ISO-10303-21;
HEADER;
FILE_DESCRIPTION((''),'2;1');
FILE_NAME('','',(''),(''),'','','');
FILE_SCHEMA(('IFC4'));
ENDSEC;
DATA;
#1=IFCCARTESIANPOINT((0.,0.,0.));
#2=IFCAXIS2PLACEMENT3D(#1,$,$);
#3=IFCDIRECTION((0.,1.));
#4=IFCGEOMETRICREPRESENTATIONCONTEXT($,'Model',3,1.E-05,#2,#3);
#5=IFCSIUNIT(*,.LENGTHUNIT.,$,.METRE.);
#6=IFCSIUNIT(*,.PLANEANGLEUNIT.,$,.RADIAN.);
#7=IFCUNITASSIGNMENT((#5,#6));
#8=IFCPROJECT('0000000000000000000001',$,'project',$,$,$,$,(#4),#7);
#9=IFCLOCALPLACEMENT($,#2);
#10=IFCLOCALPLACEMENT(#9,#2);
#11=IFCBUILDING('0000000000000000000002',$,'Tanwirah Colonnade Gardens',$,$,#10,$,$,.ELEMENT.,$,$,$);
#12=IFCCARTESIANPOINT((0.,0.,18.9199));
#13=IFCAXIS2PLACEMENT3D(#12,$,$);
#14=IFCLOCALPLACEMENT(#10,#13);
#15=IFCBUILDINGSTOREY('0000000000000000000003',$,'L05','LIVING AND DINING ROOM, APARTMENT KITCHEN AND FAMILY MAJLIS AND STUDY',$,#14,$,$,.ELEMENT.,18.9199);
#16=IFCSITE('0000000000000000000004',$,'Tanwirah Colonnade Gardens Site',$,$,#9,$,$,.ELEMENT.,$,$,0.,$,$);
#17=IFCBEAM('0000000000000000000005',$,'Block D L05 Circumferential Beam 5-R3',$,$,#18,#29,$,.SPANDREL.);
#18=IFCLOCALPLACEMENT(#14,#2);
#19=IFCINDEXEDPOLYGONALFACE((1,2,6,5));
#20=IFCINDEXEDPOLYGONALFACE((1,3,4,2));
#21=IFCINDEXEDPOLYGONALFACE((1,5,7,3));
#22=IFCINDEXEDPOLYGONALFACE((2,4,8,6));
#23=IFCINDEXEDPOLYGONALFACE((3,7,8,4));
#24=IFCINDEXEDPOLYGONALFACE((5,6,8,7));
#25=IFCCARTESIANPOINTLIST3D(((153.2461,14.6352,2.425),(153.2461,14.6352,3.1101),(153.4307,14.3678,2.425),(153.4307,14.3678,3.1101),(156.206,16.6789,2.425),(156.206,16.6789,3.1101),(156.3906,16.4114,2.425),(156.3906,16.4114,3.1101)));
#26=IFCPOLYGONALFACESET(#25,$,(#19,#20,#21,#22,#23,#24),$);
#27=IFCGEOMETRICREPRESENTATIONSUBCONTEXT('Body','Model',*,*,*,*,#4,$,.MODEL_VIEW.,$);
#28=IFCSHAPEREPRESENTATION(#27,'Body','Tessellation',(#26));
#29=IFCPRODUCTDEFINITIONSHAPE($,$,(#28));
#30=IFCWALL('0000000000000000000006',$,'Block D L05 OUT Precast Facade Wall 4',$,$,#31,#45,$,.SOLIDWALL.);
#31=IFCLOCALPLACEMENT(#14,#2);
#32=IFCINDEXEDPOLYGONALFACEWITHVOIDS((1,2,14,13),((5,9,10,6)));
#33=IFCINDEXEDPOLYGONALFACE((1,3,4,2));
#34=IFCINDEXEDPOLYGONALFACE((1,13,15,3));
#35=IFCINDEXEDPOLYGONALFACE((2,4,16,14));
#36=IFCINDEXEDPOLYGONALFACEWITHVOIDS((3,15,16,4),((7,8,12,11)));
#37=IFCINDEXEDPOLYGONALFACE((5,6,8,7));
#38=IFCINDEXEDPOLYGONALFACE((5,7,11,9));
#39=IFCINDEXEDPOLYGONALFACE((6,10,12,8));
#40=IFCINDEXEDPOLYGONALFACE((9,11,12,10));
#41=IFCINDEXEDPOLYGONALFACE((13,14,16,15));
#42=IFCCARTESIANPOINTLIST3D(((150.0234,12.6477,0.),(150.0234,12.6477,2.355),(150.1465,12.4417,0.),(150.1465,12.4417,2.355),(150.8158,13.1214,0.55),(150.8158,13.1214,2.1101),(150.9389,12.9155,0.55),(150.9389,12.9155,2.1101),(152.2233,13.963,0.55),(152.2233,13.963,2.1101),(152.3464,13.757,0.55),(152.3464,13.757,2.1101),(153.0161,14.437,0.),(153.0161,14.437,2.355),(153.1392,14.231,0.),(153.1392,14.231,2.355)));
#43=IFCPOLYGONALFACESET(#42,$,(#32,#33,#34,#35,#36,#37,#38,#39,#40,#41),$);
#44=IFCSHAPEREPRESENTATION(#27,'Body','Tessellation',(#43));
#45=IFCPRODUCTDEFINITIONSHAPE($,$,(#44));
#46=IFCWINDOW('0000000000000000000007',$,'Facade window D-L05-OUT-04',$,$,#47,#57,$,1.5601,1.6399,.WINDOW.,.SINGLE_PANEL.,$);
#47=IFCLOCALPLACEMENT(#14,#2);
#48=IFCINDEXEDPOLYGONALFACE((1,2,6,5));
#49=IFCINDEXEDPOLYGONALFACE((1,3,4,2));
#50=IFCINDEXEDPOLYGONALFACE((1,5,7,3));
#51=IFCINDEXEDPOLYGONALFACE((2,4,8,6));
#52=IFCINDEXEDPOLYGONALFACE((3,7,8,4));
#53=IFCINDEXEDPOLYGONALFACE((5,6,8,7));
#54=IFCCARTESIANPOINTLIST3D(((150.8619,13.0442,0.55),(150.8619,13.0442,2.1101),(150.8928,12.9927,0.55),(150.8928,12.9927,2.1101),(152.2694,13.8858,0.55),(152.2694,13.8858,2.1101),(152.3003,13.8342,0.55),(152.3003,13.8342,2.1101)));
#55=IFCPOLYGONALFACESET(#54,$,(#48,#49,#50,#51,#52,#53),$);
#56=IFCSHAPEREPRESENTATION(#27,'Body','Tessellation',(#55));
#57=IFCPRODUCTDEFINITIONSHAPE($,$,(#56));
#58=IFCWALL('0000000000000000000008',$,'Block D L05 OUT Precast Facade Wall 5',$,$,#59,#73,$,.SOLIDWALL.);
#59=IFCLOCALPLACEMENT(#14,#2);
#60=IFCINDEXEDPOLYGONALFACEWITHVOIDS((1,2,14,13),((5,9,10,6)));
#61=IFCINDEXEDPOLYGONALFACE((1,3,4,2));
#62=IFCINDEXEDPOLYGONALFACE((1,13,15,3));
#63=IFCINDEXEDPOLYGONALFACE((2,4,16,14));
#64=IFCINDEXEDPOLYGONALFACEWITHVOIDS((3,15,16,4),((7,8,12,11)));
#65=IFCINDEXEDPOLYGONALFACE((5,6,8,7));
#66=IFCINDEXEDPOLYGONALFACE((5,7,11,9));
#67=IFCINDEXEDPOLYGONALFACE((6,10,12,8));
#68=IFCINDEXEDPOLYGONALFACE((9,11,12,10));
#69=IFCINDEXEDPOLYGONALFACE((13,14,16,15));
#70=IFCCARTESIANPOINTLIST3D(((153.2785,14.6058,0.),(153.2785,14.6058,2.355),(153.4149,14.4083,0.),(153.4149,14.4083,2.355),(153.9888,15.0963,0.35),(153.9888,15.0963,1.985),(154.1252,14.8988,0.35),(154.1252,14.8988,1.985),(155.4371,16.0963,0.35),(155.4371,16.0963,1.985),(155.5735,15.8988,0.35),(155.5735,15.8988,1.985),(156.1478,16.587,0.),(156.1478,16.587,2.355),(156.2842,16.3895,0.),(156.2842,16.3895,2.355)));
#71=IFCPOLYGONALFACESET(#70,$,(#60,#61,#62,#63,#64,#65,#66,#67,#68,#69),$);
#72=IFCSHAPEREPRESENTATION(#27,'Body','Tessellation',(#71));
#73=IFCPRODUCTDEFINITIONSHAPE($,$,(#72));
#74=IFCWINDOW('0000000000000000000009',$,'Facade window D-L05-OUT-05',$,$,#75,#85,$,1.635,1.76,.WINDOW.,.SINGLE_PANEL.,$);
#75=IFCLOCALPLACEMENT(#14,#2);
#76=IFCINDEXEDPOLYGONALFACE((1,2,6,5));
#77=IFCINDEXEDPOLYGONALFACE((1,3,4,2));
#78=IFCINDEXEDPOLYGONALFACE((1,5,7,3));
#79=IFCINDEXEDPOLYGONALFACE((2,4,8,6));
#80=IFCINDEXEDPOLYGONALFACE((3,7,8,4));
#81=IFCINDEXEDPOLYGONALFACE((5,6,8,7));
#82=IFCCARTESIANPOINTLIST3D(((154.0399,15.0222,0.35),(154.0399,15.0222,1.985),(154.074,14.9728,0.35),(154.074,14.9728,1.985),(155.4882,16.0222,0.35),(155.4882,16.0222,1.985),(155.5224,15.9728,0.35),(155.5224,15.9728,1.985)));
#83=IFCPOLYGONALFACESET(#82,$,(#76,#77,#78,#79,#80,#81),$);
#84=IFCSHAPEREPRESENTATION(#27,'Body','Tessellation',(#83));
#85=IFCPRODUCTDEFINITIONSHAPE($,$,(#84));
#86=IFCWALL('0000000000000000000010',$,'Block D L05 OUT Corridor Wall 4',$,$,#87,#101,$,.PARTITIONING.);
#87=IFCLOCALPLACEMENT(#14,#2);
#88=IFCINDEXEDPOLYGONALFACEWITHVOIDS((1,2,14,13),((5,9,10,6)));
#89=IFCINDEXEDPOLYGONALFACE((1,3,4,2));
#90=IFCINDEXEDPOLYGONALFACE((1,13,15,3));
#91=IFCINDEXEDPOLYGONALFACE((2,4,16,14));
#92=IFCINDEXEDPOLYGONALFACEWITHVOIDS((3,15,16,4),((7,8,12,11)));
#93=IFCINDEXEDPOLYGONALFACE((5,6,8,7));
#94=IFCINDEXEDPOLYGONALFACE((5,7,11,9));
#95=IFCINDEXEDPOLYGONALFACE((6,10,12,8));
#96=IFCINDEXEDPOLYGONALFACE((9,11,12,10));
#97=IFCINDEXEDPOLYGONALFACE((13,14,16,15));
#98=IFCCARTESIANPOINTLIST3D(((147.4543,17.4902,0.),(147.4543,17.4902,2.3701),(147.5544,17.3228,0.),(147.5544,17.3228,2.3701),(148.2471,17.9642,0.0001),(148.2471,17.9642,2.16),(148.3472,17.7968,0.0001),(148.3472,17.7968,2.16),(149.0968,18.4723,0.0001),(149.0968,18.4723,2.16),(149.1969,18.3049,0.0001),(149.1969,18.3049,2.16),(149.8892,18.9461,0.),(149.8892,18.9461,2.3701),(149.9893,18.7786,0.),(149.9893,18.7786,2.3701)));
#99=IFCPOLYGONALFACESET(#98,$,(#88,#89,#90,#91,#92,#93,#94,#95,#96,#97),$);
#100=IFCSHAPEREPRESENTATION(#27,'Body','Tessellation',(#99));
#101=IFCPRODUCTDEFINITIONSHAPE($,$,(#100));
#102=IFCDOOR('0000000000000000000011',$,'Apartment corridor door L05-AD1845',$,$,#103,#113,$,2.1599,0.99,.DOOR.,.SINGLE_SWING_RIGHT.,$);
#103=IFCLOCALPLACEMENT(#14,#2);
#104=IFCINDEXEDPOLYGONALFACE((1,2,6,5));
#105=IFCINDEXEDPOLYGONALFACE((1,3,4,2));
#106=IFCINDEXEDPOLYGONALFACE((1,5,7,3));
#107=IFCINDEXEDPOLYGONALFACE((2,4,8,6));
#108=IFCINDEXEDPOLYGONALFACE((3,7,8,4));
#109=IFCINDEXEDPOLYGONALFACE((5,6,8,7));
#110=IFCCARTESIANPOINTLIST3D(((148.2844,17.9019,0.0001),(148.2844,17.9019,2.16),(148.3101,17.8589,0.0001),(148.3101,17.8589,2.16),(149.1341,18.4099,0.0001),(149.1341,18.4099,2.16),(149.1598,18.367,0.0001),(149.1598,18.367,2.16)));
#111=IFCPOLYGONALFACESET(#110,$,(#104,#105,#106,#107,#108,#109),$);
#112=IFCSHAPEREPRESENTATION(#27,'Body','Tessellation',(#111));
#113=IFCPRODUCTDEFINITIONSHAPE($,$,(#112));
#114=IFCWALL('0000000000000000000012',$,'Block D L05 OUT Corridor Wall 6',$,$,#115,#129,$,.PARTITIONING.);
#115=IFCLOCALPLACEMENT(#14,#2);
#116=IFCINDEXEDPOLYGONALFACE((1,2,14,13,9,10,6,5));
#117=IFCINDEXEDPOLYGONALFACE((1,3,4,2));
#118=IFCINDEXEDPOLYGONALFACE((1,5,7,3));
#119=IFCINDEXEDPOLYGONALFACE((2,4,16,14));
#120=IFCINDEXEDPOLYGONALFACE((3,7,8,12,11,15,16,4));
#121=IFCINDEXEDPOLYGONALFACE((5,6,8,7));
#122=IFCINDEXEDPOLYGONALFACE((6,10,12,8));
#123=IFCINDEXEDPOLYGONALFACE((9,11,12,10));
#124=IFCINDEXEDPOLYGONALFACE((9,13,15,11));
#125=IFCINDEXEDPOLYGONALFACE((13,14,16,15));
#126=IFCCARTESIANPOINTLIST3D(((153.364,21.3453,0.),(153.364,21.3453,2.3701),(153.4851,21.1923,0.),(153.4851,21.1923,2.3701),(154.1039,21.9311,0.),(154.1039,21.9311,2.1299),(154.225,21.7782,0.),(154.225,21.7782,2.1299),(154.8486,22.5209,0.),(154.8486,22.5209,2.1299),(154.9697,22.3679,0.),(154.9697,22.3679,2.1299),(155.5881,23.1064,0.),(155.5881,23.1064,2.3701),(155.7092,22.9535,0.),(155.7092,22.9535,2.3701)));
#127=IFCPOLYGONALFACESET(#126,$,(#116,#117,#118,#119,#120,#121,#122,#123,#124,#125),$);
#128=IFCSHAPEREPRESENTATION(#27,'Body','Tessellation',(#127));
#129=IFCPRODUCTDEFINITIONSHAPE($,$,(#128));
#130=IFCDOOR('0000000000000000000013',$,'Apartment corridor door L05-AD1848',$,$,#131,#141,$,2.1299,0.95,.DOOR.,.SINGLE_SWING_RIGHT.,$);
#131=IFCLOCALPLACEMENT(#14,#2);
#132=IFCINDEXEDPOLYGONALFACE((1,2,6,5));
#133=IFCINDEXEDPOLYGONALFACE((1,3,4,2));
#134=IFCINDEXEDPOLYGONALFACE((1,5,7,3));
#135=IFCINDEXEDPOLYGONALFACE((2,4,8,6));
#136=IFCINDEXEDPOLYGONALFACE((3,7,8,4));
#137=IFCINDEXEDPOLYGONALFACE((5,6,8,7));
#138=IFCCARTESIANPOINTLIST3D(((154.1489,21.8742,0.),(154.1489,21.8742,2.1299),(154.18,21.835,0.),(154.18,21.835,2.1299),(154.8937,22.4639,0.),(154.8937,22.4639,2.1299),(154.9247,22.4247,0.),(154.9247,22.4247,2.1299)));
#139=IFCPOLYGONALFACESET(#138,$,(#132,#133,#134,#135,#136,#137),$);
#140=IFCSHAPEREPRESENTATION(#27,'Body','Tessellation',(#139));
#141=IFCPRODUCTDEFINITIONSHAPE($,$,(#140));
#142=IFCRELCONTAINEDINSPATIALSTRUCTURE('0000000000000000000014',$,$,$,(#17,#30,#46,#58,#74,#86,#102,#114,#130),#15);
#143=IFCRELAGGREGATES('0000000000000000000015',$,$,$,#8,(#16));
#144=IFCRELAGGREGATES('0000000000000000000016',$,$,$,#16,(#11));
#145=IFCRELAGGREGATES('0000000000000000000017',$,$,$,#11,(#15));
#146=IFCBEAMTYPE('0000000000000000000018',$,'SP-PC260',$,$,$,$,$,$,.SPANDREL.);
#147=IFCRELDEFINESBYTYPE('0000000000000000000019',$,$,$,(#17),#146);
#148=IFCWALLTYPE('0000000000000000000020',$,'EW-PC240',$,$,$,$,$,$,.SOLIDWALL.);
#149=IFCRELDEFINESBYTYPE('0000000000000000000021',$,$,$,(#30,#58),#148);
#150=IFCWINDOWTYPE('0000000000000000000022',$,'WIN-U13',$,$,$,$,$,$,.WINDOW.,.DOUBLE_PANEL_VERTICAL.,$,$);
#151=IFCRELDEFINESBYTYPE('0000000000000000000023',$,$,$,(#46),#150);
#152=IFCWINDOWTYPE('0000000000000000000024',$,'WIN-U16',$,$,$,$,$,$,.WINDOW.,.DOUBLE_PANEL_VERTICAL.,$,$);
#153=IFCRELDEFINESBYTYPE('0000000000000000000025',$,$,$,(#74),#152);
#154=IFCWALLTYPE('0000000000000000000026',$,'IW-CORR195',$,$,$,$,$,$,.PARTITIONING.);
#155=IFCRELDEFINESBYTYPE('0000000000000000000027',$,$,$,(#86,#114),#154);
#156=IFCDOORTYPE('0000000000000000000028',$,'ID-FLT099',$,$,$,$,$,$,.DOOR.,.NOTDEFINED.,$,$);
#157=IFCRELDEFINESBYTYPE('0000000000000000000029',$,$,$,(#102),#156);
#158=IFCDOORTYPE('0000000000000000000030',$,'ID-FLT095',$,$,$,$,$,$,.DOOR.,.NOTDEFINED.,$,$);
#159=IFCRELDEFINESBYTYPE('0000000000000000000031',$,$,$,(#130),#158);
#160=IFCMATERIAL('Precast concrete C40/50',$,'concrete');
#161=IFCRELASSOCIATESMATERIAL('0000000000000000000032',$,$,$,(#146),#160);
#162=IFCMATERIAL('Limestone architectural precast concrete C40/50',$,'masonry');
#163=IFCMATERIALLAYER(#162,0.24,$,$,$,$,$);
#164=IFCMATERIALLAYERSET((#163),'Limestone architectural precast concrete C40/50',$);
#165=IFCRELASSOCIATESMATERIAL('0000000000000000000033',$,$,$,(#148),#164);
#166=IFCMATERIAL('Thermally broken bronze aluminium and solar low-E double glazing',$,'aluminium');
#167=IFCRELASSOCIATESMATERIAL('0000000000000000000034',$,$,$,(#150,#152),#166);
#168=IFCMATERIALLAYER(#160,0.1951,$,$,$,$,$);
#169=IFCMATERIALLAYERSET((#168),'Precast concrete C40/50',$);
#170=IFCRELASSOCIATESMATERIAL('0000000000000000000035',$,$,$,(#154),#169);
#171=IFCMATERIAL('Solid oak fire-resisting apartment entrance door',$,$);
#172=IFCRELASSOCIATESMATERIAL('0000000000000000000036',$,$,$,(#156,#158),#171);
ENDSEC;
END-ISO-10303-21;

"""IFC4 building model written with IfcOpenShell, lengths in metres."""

from ifc_helpers import new_model, si_unit, direction, frame, frame_2d, origin, origin_2d, place, context, subcontext, project, spatial, rectangle, extrude, material, layer, layer_set, material_profile, profile_set, type_object, element, fill, save


model = new_model("IFC4")

# Units and contexts
model_context = context("Model", 3, precision=1e-05, world=origin(), true_north=direction((0.0, 1.0)))
body_context = subcontext(model_context, "Body", "Model", "MODEL_VIEW")
ifc_project = project(units=[si_unit("LENGTHUNIT", "METRE"), si_unit("PLANEANGLEUNIT", "RADIAN")], contexts=[model_context])

# Site, building, storey
site_placement = place(None, origin())
site = spatial("IfcSite", under=ifc_project, at=site_placement, Name="Tanwirah Colonnade Gardens Site", CompositionType="ELEMENT", RefElevation=0.0)
building_placement = place(site_placement, origin())
building = spatial("IfcBuilding", under=site, at=building_placement, Name="Tanwirah Colonnade Gardens", CompositionType="ELEMENT")
storey_placement = place(building_placement, frame((0.0, 0.0, 18.9199)))
storey = spatial("IfcBuildingStorey", under=building, at=storey_placement, Name="L05", Description="LIVING AND DINING ROOM, APARTMENT KITCHEN AND FAMILY MAJLIS AND STUDY", CompositionType="ELEMENT", Elevation=18.9199)

# Shared definitions
ifc_material_1 = material(Name="Precast concrete C40/50", Category="concrete")

# Beam
ifc_material_profile_1 = material_profile(ifc_material_1, rectangle(XDim=0.325, YDim=0.6851, at=origin_2d()), Name="PC-SP 325x685")
ifc_profile_set_1 = profile_set([ifc_material_profile_1], Name="Precast concrete C40/50")
beam_type_1 = type_object("IfcBeamType", Name="SP-PC260", PredefinedType="SPANDREL", material=ifc_profile_set_1)
beam_1_placement = place(storey_placement, frame((153.3384, 14.5015, 2.7676), z_axis=(0.822907, 0.568175, 0.0), x_axis=(-0.568175, 0.822907, 0.0)))
element("IfcBeam", 1, at=beam_1_placement, inside=storey, type_object=beam_type_1, Name="Block D L05 Circumferential Beam 5-R3", PredefinedType="SPANDREL", context=body_context, shape_type="SweptSolid", body=[
    extrude(rectangle(XDim=0.325, YDim=0.6851, at=origin_2d()), origin(), (0.0, 0.0, 1.0), 3.5969),
])

# Walls, openings, windows
ifc_material_2 = material(Name="Limestone architectural precast concrete C40/50", Category="masonry")
ifc_layer_1 = layer(ifc_material_2, 0.24)
ifc_layer_set_1 = layer_set([ifc_layer_1], Name="Limestone architectural precast concrete C40/50")
wall_type_1 = type_object("IfcWallType", Name="EW-PC240", PredefinedType="SOLIDWALL", material=ifc_layer_set_1)
wall_1_placement = place(storey_placement, frame((150.085, 12.5447, 0.0), z_axis=(0.0, 0.0, 1.0), x_axis=(0.858289, 0.513167, 0.0)))
wall_1 = element("IfcWall", 2, at=wall_1_placement, inside=storey, type_object=wall_type_1, Name="Block D L05 OUT Precast Facade Wall 4", PredefinedType="SOLIDWALL", context=body_context, shape_type="SweptSolid", body=[
    extrude(rectangle(XDim=3.4868, YDim=0.24, at=frame_2d((1.7434, 0.0))), origin(), (0.0, 0.0, 1.0), 2.355),
])
opening_1_placement = place(wall_1_placement, frame((0.9233, 0.0, 0.55)))
opening_1 = element("IfcOpeningElement", 3, at=opening_1_placement, cuts=wall_1, PredefinedType="OPENING", context=body_context, shape_type="SweptSolid", body=[
    extrude(rectangle(XDim=1.6399, YDim=1.5601, at=frame_2d((0.8198, 0.78))), frame((0.0, 0.1299, 0.0), z_axis=(0.0, -1.0, 0.0), x_axis=(1.0, 0.0, 0.0)), (0.0, 0.0, 1.0), 0.26),
])
ifc_material_3 = material(Name="Thermally broken bronze aluminium and solar low-E double glazing", Category="aluminium")
window_type_1 = type_object("IfcWindowType", Name="WIN-U13", PartitioningType="DOUBLE_PANEL_VERTICAL", PredefinedType="WINDOW", material=ifc_material_3)
window_1_placement = place(opening_1_placement, origin())
window_1 = element("IfcWindow", 4, at=window_1_placement, inside=storey, type_object=window_type_1, Name="Facade window D-L05-OUT-04", OverallHeight=1.5601, OverallWidth=1.6399, PartitioningType="SINGLE_PANEL", PredefinedType="WINDOW", context=body_context, shape_type="SweptSolid", body=[
    extrude(rectangle(XDim=1.6399, YDim=1.5601, at=frame_2d((0.8198, 0.78))), frame((0.0, 0.03, 0.0), z_axis=(0.0, -1.0, 0.0), x_axis=(1.0, 0.0, 0.0)), (0.0, 0.0, 1.0), 0.0601),
])
fill(opening_1, window_1)
wall_2_placement = place(storey_placement, frame((153.3467, 14.5071, 0.0), z_axis=(0.0, 0.0, 1.0), x_axis=(0.822902, 0.568183, 0.0)))
wall_2 = element("IfcWall", 5, at=wall_2_placement, inside=storey, type_object=wall_type_1, Name="Block D L05 OUT Precast Facade Wall 5", PredefinedType="SOLIDWALL", context=body_context, shape_type="SweptSolid", body=[
    extrude(rectangle(XDim=3.4868, YDim=0.24, at=frame_2d((1.7434, 0.0))), origin(), (0.0, 0.0, 1.0), 2.355),
])
opening_2_placement = place(wall_2_placement, frame((0.8633, 0.0, 0.3501)))
opening_2 = element("IfcOpeningElement", 6, at=opening_2_placement, cuts=wall_2, PredefinedType="OPENING", context=body_context, shape_type="SweptSolid", body=[
    extrude(rectangle(XDim=1.76, YDim=1.635, at=frame_2d((0.8799, 0.8174))), frame((0.0, 0.1299, 0.0), z_axis=(0.0, -1.0, 0.0), x_axis=(1.0, 0.0, 0.0)), (0.0, 0.0, 1.0), 0.26),
])
window_type_2 = type_object("IfcWindowType", Name="WIN-U16", PartitioningType="DOUBLE_PANEL_VERTICAL", PredefinedType="WINDOW", material=ifc_material_3)
window_2_placement = place(opening_2_placement, origin())
window_2 = element("IfcWindow", 7, at=window_2_placement, inside=storey, type_object=window_type_2, Name="Facade window D-L05-OUT-05", OverallHeight=1.635, OverallWidth=1.76, PartitioningType="SINGLE_PANEL", PredefinedType="WINDOW", context=body_context, shape_type="SweptSolid", body=[
    extrude(rectangle(XDim=1.76, YDim=1.635, at=frame_2d((0.8799, 0.8174))), frame((0.0, 0.03, 0.0), z_axis=(0.0, -1.0, 0.0), x_axis=(1.0, 0.0, 0.0)), (0.0, 0.0, 1.0), 0.0601),
])
fill(opening_2, window_2)

# Walls, openings, doors
ifc_layer_2 = layer(ifc_material_1, 0.1951)
ifc_layer_set_2 = layer_set([ifc_layer_2], Name="Precast concrete C40/50")
wall_type_2 = type_object("IfcWallType", Name="IW-CORR195", PredefinedType="PARTITIONING", material=ifc_layer_set_2)
wall_3_placement = place(storey_placement, frame((147.5044, 17.4065, 0.0), z_axis=(0.0, 0.0, 1.0), x_axis=(0.858282, 0.513179, 0.0)))
wall_3 = element("IfcWall", 8, at=wall_3_placement, inside=storey, type_object=wall_type_2, Name="Block D L05 OUT Corridor Wall 4", PredefinedType="PARTITIONING", context=body_context, shape_type="SweptSolid", body=[
    extrude(rectangle(XDim=2.8369, YDim=0.1951, at=frame_2d((1.4185, 0.0))), origin(), (0.0, 0.0, 1.0), 2.3701),
])
opening_3_placement = place(wall_3_placement, frame((0.9236, 0.0, 0.0)))
opening_3 = element("IfcOpeningElement", 9, at=opening_3_placement, cuts=wall_3, PredefinedType="OPENING", context=body_context, shape_type="SweptSolid", body=[
    extrude(rectangle(XDim=0.99, YDim=2.1599, at=frame_2d((0.4951, 1.0801))), frame((0.0, 0.1074, 0.0), z_axis=(0.0, -1.0, 0.0), x_axis=(1.0, 0.0, 0.0)), (0.0, 0.0, 1.0), 0.2151),
])
ifc_material_4 = material(Name="Solid oak fire-resisting apartment entrance door")
door_type_1 = type_object("IfcDoorType", Name="ID-FLT099", OperationType="NOTDEFINED", PredefinedType="DOOR", material=ifc_material_4)
door_1_placement = place(opening_3_placement, origin())
door_1 = element("IfcDoor", 10, at=door_1_placement, inside=storey, type_object=door_type_1, Name="Apartment corridor door L05-AD1845", OperationType="SINGLE_SWING_RIGHT", OverallHeight=2.1599, OverallWidth=0.99, PredefinedType="DOOR", context=body_context, shape_type="SweptSolid", body=[
    extrude(rectangle(XDim=0.99, YDim=2.1599, at=frame_2d((0.4951, 1.0801))), frame((0.0, 0.0249, 0.0), z_axis=(0.0, -1.0, 0.0), x_axis=(1.0, 0.0, 0.0)), (0.0, 0.0, 1.0), 0.05),
])
fill(opening_3, door_1)
wall_4_placement = place(storey_placement, frame((153.4246, 21.2688, 0.0), z_axis=(0.0, 0.0, 1.0), x_axis=(0.783966, 0.620804, 0.0)))
wall_4 = element("IfcWall", 11, at=wall_4_placement, inside=storey, type_object=wall_type_2, Name="Block D L05 OUT Corridor Wall 6", PredefinedType="PARTITIONING", context=body_context, shape_type="SweptSolid", body=[
    extrude(rectangle(XDim=2.8369, YDim=0.1951, at=frame_2d((1.4185, 0.0))), origin(), (0.0, 0.0, 1.0), 2.3701),
])
opening_4_placement = place(wall_4_placement, frame((0.9436, 0.0, 0.0)))
opening_4 = element("IfcOpeningElement", 12, at=opening_4_placement, cuts=wall_4, PredefinedType="OPENING", context=body_context, shape_type="SweptSolid", body=[
    extrude(rectangle(XDim=0.95, YDim=2.1299, at=frame_2d((0.4751, 1.0649))), frame((0.0, 0.1074, 0.0), z_axis=(0.0, -1.0, 0.0), x_axis=(1.0, 0.0, 0.0)), (0.0, 0.0, 1.0), 0.2151),
])
door_type_2 = type_object("IfcDoorType", Name="ID-FLT095", OperationType="NOTDEFINED", PredefinedType="DOOR", material=ifc_material_4)
door_2_placement = place(opening_4_placement, origin())
door_2 = element("IfcDoor", 13, at=door_2_placement, inside=storey, type_object=door_type_2, Name="Apartment corridor door L05-AD1848", OperationType="SINGLE_SWING_RIGHT", OverallHeight=2.1299, OverallWidth=0.95, PredefinedType="DOOR", context=body_context, shape_type="SweptSolid", body=[
    extrude(rectangle(XDim=0.95, YDim=2.1299, at=frame_2d((0.4751, 1.0649))), frame((0.0, 0.0249, 0.0), z_axis=(0.0, -1.0, 0.0), x_axis=(1.0, 0.0, 0.0)), (0.0, 0.0, 1.0), 0.05),
])
fill(opening_4, door_2)

save(model, "model.ifc")
